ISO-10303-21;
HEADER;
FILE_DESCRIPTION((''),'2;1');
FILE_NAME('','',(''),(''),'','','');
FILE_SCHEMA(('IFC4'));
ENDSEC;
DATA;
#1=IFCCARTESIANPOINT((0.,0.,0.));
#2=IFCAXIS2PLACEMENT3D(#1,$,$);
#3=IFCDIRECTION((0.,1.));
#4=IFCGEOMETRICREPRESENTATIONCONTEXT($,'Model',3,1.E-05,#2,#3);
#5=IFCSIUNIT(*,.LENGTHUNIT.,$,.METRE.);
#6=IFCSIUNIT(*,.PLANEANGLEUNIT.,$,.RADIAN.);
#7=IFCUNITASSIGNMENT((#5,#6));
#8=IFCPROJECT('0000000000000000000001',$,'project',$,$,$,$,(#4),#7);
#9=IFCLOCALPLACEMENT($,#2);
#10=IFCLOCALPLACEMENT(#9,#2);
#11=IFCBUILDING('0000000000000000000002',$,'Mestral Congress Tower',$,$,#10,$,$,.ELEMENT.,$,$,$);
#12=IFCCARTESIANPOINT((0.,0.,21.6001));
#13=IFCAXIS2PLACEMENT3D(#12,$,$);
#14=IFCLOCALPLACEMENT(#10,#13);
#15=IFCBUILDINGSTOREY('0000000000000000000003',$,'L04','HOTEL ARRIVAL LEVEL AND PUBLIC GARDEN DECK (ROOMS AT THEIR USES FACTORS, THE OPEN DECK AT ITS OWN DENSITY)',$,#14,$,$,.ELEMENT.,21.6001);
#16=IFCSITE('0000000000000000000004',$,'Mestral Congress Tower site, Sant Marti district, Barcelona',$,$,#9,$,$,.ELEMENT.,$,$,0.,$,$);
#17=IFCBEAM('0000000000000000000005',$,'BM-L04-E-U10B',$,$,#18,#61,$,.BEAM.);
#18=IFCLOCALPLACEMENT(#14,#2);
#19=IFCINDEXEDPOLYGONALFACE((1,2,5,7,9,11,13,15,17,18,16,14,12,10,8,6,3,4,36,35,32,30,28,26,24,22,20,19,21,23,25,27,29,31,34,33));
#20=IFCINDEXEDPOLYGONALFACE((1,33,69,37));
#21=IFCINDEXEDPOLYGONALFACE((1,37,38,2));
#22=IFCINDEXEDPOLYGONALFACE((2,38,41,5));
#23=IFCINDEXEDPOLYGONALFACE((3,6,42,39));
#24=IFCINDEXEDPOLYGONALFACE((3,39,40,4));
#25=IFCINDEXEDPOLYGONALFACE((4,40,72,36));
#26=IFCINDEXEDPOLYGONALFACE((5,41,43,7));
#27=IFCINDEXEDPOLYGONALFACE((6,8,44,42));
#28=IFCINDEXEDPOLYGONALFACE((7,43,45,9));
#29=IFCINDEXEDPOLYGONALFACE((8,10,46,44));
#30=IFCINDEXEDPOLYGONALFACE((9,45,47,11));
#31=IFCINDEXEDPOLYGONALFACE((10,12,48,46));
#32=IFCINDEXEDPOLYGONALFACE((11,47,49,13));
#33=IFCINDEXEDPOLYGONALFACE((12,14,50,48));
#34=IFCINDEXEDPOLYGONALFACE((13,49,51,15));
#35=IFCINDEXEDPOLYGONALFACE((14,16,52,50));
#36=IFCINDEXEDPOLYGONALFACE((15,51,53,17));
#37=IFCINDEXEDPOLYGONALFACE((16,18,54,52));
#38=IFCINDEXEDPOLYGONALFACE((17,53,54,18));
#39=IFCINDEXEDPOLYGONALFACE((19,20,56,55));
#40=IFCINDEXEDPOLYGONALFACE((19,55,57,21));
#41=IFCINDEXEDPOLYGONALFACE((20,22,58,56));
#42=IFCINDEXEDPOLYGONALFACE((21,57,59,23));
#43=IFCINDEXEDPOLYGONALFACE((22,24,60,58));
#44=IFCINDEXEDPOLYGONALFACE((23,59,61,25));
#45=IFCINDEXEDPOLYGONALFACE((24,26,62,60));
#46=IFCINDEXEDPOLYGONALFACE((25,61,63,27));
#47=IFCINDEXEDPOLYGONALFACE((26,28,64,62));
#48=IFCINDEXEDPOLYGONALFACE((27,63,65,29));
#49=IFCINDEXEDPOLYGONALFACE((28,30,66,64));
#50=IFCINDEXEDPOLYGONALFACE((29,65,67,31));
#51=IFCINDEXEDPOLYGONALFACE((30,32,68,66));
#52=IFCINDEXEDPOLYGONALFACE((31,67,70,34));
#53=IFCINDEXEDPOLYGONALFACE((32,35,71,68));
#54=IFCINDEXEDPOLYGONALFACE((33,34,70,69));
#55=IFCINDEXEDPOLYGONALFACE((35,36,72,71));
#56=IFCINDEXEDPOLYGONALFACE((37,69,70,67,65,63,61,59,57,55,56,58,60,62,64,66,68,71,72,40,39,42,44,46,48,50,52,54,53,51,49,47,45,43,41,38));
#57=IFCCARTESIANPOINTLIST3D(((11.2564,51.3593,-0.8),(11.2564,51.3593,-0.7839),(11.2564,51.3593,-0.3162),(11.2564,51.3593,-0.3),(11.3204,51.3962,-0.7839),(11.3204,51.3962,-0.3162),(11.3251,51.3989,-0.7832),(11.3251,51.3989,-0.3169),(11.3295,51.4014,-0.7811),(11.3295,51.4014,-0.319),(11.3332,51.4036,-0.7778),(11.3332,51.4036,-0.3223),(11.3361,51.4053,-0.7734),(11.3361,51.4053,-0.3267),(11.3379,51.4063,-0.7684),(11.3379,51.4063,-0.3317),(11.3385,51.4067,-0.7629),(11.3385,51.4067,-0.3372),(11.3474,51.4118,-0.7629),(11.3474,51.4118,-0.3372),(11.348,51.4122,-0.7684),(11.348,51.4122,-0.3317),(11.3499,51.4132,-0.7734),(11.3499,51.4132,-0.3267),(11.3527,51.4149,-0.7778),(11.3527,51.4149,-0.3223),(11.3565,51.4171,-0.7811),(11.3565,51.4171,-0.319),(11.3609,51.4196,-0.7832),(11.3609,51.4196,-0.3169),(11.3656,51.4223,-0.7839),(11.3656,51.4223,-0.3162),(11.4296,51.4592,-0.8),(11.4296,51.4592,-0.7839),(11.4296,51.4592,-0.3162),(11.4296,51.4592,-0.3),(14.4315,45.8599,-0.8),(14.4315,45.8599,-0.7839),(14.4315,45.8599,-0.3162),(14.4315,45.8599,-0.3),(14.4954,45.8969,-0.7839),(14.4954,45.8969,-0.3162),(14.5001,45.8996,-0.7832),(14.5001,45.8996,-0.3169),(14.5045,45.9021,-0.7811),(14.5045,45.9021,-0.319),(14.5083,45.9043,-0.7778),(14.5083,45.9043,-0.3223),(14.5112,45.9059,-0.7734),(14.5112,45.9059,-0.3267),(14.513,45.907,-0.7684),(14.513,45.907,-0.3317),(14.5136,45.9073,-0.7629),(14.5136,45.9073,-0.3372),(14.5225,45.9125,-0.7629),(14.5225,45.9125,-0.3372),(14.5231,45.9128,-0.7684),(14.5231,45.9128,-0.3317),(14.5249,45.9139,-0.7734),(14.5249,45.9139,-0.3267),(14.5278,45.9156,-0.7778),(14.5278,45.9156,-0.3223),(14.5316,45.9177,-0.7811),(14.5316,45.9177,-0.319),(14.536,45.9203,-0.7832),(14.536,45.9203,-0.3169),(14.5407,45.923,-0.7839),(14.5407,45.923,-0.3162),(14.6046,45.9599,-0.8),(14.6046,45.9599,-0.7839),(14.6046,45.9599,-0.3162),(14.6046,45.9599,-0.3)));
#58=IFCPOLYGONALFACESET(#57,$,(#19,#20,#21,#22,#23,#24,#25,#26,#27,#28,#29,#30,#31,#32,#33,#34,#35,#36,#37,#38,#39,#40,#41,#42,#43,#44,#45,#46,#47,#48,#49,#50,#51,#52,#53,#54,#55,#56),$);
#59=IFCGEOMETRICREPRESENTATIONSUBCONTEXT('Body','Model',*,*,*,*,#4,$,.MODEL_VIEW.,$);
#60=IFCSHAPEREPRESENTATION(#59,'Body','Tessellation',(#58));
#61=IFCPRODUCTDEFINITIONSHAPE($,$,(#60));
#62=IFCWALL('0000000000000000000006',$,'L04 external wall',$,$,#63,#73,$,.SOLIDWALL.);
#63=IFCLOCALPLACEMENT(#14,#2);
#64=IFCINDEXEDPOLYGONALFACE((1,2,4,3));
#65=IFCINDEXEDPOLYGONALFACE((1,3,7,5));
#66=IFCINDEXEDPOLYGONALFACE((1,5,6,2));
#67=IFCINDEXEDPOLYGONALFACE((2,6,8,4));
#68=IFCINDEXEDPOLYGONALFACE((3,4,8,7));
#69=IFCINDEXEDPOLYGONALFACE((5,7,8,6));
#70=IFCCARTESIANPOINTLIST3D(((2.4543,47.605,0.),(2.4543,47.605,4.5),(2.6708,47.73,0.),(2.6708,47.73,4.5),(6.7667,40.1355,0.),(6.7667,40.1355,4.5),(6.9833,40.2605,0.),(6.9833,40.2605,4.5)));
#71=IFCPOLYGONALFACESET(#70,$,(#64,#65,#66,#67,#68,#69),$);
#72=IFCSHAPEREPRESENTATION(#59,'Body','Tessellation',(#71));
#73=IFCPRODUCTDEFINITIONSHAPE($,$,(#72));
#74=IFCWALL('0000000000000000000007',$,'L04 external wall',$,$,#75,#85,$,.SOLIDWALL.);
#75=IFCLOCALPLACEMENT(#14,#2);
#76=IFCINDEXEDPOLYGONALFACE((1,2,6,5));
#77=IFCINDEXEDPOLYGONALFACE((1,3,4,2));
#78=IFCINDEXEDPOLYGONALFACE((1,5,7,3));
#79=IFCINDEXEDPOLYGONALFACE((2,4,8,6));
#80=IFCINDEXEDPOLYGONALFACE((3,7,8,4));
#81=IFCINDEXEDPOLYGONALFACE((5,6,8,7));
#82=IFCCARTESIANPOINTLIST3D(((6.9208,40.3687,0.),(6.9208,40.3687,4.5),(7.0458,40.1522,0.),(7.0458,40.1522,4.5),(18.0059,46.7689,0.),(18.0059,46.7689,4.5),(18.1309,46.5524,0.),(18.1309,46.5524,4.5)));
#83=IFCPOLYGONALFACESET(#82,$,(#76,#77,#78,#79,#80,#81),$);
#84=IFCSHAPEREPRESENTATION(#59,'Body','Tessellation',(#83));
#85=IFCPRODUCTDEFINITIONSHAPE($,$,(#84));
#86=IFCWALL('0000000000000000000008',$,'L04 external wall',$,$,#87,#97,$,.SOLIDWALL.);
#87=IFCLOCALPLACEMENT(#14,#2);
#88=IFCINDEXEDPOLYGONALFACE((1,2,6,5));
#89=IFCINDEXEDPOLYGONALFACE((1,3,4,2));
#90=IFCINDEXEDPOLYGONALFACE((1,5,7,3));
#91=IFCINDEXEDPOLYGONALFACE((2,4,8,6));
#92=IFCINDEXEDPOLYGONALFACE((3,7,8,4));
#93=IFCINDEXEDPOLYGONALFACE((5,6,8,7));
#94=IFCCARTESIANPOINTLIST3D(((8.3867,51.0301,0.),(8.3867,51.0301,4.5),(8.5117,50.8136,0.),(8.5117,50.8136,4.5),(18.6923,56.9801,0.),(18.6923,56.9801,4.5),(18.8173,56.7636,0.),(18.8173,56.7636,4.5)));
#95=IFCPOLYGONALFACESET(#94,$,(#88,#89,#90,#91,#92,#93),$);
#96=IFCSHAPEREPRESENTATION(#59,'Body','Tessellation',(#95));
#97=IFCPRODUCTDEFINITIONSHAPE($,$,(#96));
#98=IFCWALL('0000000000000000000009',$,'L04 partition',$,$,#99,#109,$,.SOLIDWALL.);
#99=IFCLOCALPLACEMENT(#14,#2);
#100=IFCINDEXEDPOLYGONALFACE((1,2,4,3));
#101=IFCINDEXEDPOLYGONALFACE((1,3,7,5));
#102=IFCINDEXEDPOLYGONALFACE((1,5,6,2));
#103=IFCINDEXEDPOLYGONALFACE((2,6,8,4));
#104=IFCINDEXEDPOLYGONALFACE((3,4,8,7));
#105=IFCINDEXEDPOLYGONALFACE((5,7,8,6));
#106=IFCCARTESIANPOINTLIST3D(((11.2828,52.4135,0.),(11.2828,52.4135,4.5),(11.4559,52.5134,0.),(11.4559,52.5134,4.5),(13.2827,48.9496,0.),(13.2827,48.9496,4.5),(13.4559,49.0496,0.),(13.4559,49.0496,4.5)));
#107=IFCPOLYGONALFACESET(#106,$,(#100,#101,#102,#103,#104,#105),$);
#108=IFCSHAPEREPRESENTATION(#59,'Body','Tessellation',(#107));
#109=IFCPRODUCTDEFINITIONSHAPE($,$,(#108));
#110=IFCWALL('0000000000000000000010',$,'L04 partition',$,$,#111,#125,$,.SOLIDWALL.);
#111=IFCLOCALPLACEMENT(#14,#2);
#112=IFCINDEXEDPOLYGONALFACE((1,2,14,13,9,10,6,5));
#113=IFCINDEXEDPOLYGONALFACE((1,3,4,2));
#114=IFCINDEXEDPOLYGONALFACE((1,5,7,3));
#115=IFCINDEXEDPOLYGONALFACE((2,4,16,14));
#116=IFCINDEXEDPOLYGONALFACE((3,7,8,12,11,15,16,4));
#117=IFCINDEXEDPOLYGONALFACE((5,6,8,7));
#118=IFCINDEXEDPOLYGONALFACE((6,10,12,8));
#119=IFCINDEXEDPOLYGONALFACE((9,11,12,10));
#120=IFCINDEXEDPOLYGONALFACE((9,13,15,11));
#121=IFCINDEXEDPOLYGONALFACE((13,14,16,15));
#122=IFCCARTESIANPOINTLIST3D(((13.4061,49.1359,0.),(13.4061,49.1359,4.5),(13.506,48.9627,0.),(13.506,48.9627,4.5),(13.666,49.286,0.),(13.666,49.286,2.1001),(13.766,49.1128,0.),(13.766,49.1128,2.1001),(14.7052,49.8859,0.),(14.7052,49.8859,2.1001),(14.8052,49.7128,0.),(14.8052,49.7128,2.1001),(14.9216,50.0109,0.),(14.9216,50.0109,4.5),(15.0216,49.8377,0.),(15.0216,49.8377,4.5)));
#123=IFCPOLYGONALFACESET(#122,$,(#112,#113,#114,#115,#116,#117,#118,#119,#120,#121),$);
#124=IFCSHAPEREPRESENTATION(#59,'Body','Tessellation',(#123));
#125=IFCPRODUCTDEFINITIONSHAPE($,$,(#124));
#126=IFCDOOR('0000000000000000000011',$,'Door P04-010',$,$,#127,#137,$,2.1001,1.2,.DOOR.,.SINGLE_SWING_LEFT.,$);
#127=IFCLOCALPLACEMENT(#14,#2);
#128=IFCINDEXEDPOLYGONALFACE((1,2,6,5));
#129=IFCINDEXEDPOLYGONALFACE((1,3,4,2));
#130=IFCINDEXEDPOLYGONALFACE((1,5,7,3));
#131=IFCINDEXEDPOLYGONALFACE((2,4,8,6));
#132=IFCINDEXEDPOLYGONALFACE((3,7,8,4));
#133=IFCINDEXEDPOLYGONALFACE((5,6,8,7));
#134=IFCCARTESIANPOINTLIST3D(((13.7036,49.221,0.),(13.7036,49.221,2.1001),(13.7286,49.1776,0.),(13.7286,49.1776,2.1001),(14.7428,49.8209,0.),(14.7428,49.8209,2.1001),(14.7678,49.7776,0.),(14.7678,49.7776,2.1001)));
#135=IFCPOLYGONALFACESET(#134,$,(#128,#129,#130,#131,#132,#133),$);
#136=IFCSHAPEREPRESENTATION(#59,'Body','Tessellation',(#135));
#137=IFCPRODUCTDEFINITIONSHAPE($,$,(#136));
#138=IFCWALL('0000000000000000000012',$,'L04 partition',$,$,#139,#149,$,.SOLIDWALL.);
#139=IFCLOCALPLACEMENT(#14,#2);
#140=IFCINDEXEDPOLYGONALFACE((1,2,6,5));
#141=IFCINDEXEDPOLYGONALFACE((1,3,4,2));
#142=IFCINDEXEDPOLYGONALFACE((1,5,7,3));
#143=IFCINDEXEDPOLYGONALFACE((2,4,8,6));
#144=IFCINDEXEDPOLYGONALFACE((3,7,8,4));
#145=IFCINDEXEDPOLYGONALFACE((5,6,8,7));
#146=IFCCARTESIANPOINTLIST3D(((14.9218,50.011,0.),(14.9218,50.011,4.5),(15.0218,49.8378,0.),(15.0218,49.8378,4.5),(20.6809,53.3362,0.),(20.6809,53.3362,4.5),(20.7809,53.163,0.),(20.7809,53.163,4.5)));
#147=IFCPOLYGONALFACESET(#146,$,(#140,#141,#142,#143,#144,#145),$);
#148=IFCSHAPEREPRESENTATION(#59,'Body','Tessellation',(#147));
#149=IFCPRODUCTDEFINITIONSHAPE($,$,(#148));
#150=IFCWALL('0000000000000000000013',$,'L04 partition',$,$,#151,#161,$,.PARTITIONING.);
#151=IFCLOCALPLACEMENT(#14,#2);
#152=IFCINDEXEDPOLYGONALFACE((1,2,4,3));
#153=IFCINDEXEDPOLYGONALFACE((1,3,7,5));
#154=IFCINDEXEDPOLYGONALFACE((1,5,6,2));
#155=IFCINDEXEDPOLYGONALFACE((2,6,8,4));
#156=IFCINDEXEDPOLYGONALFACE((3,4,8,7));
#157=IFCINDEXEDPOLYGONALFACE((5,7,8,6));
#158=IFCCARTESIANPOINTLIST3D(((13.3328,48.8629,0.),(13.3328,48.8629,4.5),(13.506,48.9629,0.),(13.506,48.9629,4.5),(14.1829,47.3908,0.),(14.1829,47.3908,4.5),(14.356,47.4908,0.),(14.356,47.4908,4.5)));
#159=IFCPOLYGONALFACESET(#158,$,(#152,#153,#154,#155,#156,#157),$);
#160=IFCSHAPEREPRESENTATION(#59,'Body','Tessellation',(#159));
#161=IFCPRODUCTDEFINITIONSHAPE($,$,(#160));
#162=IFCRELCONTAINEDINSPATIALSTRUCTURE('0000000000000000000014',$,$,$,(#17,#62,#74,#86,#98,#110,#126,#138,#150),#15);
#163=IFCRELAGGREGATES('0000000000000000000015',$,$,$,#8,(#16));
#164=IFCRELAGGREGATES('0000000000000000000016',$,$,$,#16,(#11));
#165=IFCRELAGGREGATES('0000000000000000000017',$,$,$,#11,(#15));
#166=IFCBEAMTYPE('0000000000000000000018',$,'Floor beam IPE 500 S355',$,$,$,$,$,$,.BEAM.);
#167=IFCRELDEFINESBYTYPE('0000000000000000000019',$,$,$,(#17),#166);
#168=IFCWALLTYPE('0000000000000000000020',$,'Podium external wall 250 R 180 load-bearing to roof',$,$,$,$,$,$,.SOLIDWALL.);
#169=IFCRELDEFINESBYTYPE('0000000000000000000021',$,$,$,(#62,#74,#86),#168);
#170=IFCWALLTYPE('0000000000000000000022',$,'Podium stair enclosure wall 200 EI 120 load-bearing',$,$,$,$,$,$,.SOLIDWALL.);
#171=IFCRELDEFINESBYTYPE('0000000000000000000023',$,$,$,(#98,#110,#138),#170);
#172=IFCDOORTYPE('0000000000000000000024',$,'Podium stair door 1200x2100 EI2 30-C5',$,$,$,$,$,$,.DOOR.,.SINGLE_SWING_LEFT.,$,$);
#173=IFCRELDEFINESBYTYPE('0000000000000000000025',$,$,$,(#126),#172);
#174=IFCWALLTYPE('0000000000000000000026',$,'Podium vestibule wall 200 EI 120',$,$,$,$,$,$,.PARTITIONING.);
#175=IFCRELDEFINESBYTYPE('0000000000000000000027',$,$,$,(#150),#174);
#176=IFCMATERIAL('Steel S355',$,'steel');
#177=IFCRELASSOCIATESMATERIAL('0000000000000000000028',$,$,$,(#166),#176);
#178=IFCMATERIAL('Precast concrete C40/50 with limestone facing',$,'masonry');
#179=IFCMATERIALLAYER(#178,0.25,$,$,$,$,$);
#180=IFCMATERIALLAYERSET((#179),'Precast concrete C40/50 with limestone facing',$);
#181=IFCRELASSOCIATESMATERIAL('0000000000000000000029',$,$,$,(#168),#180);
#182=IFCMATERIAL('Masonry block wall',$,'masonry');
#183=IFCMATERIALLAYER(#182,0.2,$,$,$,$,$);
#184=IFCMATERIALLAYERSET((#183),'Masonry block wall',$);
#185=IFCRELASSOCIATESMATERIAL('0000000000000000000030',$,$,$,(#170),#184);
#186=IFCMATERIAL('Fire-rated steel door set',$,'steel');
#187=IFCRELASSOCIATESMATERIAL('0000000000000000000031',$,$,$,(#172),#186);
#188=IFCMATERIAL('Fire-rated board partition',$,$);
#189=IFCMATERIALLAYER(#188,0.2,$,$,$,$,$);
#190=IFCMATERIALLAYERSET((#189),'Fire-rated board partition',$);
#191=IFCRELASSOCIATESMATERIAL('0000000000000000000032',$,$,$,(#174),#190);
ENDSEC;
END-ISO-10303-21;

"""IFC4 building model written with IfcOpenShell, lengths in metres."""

from ifc_helpers import new_model, si_unit, direction, frame, frame_2d, origin, origin_2d, place, context, subcontext, project, spatial, rectangle, i_section, extrude, material, layer, layer_set, material_profile, profile_set, type_object, element, fill, save


model = new_model("IFC4")

# Units and contexts
model_context = context("Model", 3, precision=1e-05, world=origin(), true_north=direction((0.0, 1.0)))
body_context = subcontext(model_context, "Body", "Model", "MODEL_VIEW")
ifc_project = project(units=[si_unit("LENGTHUNIT", "METRE"), si_unit("PLANEANGLEUNIT", "RADIAN")], contexts=[model_context])

# Site, building, storey
site_placement = place(None, origin())
site = spatial("IfcSite", under=ifc_project, at=site_placement, Name="Mestral Congress Tower site, Sant Marti district, Barcelona", CompositionType="ELEMENT", RefElevation=0.0)
building_placement = place(site_placement, origin())
building = spatial("IfcBuilding", under=site, at=building_placement, Name="Mestral Congress Tower", CompositionType="ELEMENT")
storey_placement = place(building_placement, frame((0.0, 0.0, 21.6001)))
storey = spatial("IfcBuildingStorey", under=building, at=storey_placement, Name="L04", Description="HOTEL ARRIVAL LEVEL AND PUBLIC GARDEN DECK (ROOMS AT THEIR USES FACTORS, THE OPEN DECK AT ITS OWN DENSITY)", CompositionType="ELEMENT", Elevation=21.6001)

# Beam
ifc_material_1 = material(Name="Steel S355", Category="steel")
ifc_material_profile = material_profile(ifc_material_1, i_section(OverallWidth=0.2, OverallDepth=0.5, WebThickness=0.0103, FlangeThickness=0.0161, FilletRadius=0.021, at=origin_2d()), Name="IPE 500")
ifc_profile_set = profile_set([ifc_material_profile], Name="Steel S355")
beam_type = type_object("IfcBeamType", Name="Floor beam IPE 500 S355", PredefinedType="BEAM", material=ifc_profile_set)
beam_placement = place(storey_placement, frame((14.5181, 45.9099, -0.55), z_axis=(-0.500005, 0.866022, 0.0), x_axis=(-0.866022, -0.500005, 0.0)))
element("IfcBeam", 1, at=beam_placement, inside=storey, type_object=beam_type, Name="BM-L04-E-U10B", PredefinedType="BEAM", context=body_context, shape_type="SweptSolid", body=[
    extrude(i_section(OverallWidth=0.2, OverallDepth=0.5, WebThickness=0.0103, FlangeThickness=0.0161, FilletRadius=0.021, at=origin_2d()), origin(), (0.0, 0.0, 1.0), 6.3501),
])

# Walls
ifc_material_2 = material(Name="Precast concrete C40/50 with limestone facing", Category="masonry")
ifc_layer_1 = layer(ifc_material_2, 0.25)
ifc_layer_set_1 = layer_set([ifc_layer_1], Name="Precast concrete C40/50 with limestone facing")
wall_type_1 = type_object("IfcWallType", Name="Podium external wall 250 R 180 load-bearing to roof", PredefinedType="SOLIDWALL", material=ifc_layer_set_1)
wall_1_placement = place(storey_placement, frame((6.875, 40.198, 0.0), z_axis=(0.0, 0.0, 1.0), x_axis=(-0.499999, 0.866026, 0.0)))
element("IfcWall", 2, at=wall_1_placement, inside=storey, type_object=wall_type_1, Name="L04 external wall", PredefinedType="SOLIDWALL", context=body_context, shape_type="SweptSolid", body=[
    extrude(rectangle(XDim=8.625, YDim=0.25, at=frame_2d((4.3125, 0.0))), origin(), (0.0, 0.0, 1.0), 4.5),
])
wall_2_placement = place(storey_placement, frame((6.9834, 40.2605, 0.0), z_axis=(0.0, 0.0, 1.0), x_axis=(0.866017, 0.500014, 0.0)))
element("IfcWall", 3, at=wall_2_placement, inside=storey, type_object=wall_type_1, Name="L04 external wall", PredefinedType="SOLIDWALL", context=body_context, shape_type="SweptSolid", body=[
    extrude(rectangle(XDim=12.8, YDim=0.25, at=frame_2d((6.3999, 0.0))), origin(), (0.0, 0.0, 1.0), 4.5),
])
wall_3_placement = place(storey_placement, frame((8.4492, 50.9219, 0.0), z_axis=(0.0, 0.0, 1.0), x_axis=(0.866026, 0.499998, 0.0)))
element("IfcWall", 4, at=wall_3_placement, inside=storey, type_object=wall_type_1, Name="L04 external wall", PredefinedType="SOLIDWALL", context=body_context, shape_type="SweptSolid", body=[
    extrude(rectangle(XDim=11.8999, YDim=0.25, at=frame_2d((5.95, 0.0))), origin(), (0.0, 0.0, 1.0), 4.5),
])
ifc_material_3 = material(Name="Masonry block wall", Category="masonry")
ifc_layer_2 = layer(ifc_material_3, 0.2)
ifc_layer_set_2 = layer_set([ifc_layer_2], Name="Masonry block wall")
wall_type_2 = type_object("IfcWallType", Name="Podium stair enclosure wall 200 EI 120 load-bearing", PredefinedType="SOLIDWALL", material=ifc_layer_set_2)
wall_4_placement = place(storey_placement, frame((13.3694, 48.9995, 0.0), z_axis=(0.0, 0.0, 1.0), x_axis=(-0.500025, 0.866011, 0.0)))
element("IfcWall", 5, at=wall_4_placement, inside=storey, type_object=wall_type_2, Name="L04 partition", PredefinedType="SOLIDWALL", context=body_context, shape_type="SweptSolid", body=[
    extrude(rectangle(XDim=3.9998, YDim=0.2, at=frame_2d((2.0, 0.0))), origin(), (0.0, 0.0, 1.0), 4.5),
])

# Wall, opening, door
wall_5_placement = place(storey_placement, frame((13.4561, 49.0493, 0.0), z_axis=(0.0, 0.0, 1.0), x_axis=(0.866037, 0.49998, 0.0)))
wall_5 = element("IfcWall", 6, at=wall_5_placement, inside=storey, type_object=wall_type_2, Name="L04 partition", PredefinedType="SOLIDWALL", context=body_context, shape_type="SweptSolid", body=[
    extrude(rectangle(XDim=1.75, YDim=0.2, at=frame_2d((0.875, 0.0))), origin(), (0.0, 0.0, 1.0), 4.5),
])
opening_1_placement = place(wall_5_placement, frame((0.3, 0.0, 0.0)))
opening_1 = element("IfcOpeningElement", 7, at=opening_1_placement, cuts=wall_5, PredefinedType="OPENING", context=body_context, shape_type="SweptSolid", body=[
    extrude(rectangle(XDim=1.2, YDim=2.1001, at=frame_2d((0.6001, 1.05))), frame((0.0, 0.1099, 0.0), z_axis=(0.0, -1.0, 0.0), x_axis=(1.0, 0.0, 0.0)), (0.0, 0.0, 1.0), 0.22),
])
ifc_material_4 = material(Name="Fire-rated steel door set", Category="steel")
door_type_1 = type_object("IfcDoorType", Name="Podium stair door 1200x2100 EI2 30-C5", OperationType="SINGLE_SWING_LEFT", PredefinedType="DOOR", material=ifc_material_4)
door_1_placement = place(opening_1_placement, origin())
door_1 = element("IfcDoor", 8, at=door_1_placement, inside=storey, type_object=door_type_1, Name="Door P04-010", OperationType="SINGLE_SWING_LEFT", OverallHeight=2.1001, OverallWidth=1.2, PredefinedType="DOOR", context=body_context, shape_type="SweptSolid", body=[
    extrude(rectangle(XDim=1.2, YDim=2.1001, at=frame_2d((0.6001, 1.05))), frame((0.0, 0.0249, 0.0), z_axis=(0.0, -1.0, 0.0), x_axis=(1.0, 0.0, 0.0)), (0.0, 0.0, 1.0), 0.05),
])
fill(opening_1, door_1)

# Walls
wall_6_placement = place(storey_placement, frame((14.9717, 49.9243, 0.0), z_axis=(0.0, 0.0, 1.0), x_axis=(0.866011, 0.500024, 0.0)))
element("IfcWall", 9, at=wall_6_placement, inside=storey, type_object=wall_type_2, Name="L04 partition", PredefinedType="SOLIDWALL", context=body_context, shape_type="SweptSolid", body=[
    extrude(rectangle(XDim=6.6501, YDim=0.2, at=frame_2d((3.3252, 0.0))), origin(), (0.0, 0.0, 1.0), 4.5),
])
ifc_material_5 = material(Name="Fire-rated board partition")
ifc_layer_3 = layer(ifc_material_5, 0.2)
ifc_layer_set_3 = layer_set([ifc_layer_3], Name="Fire-rated board partition")
wall_type_3 = type_object("IfcWallType", Name="Podium vestibule wall 200 EI 120", PredefinedType="PARTITIONING", material=ifc_layer_set_3)
wall_7_placement = place(storey_placement, frame((14.2695, 47.4407, 0.0), z_axis=(0.0, 0.0, 1.0), x_axis=(-0.500062, 0.865989, 0.0)))
element("IfcWall", 10, at=wall_7_placement, inside=storey, type_object=wall_type_3, Name="L04 partition", PredefinedType="PARTITIONING", context=body_context, shape_type="SweptSolid", body=[
    extrude(rectangle(XDim=1.7, YDim=0.2, at=frame_2d((0.8501, 0.0))), origin(), (0.0, 0.0, 1.0), 4.5),
])

save(model, "model.ifc")
